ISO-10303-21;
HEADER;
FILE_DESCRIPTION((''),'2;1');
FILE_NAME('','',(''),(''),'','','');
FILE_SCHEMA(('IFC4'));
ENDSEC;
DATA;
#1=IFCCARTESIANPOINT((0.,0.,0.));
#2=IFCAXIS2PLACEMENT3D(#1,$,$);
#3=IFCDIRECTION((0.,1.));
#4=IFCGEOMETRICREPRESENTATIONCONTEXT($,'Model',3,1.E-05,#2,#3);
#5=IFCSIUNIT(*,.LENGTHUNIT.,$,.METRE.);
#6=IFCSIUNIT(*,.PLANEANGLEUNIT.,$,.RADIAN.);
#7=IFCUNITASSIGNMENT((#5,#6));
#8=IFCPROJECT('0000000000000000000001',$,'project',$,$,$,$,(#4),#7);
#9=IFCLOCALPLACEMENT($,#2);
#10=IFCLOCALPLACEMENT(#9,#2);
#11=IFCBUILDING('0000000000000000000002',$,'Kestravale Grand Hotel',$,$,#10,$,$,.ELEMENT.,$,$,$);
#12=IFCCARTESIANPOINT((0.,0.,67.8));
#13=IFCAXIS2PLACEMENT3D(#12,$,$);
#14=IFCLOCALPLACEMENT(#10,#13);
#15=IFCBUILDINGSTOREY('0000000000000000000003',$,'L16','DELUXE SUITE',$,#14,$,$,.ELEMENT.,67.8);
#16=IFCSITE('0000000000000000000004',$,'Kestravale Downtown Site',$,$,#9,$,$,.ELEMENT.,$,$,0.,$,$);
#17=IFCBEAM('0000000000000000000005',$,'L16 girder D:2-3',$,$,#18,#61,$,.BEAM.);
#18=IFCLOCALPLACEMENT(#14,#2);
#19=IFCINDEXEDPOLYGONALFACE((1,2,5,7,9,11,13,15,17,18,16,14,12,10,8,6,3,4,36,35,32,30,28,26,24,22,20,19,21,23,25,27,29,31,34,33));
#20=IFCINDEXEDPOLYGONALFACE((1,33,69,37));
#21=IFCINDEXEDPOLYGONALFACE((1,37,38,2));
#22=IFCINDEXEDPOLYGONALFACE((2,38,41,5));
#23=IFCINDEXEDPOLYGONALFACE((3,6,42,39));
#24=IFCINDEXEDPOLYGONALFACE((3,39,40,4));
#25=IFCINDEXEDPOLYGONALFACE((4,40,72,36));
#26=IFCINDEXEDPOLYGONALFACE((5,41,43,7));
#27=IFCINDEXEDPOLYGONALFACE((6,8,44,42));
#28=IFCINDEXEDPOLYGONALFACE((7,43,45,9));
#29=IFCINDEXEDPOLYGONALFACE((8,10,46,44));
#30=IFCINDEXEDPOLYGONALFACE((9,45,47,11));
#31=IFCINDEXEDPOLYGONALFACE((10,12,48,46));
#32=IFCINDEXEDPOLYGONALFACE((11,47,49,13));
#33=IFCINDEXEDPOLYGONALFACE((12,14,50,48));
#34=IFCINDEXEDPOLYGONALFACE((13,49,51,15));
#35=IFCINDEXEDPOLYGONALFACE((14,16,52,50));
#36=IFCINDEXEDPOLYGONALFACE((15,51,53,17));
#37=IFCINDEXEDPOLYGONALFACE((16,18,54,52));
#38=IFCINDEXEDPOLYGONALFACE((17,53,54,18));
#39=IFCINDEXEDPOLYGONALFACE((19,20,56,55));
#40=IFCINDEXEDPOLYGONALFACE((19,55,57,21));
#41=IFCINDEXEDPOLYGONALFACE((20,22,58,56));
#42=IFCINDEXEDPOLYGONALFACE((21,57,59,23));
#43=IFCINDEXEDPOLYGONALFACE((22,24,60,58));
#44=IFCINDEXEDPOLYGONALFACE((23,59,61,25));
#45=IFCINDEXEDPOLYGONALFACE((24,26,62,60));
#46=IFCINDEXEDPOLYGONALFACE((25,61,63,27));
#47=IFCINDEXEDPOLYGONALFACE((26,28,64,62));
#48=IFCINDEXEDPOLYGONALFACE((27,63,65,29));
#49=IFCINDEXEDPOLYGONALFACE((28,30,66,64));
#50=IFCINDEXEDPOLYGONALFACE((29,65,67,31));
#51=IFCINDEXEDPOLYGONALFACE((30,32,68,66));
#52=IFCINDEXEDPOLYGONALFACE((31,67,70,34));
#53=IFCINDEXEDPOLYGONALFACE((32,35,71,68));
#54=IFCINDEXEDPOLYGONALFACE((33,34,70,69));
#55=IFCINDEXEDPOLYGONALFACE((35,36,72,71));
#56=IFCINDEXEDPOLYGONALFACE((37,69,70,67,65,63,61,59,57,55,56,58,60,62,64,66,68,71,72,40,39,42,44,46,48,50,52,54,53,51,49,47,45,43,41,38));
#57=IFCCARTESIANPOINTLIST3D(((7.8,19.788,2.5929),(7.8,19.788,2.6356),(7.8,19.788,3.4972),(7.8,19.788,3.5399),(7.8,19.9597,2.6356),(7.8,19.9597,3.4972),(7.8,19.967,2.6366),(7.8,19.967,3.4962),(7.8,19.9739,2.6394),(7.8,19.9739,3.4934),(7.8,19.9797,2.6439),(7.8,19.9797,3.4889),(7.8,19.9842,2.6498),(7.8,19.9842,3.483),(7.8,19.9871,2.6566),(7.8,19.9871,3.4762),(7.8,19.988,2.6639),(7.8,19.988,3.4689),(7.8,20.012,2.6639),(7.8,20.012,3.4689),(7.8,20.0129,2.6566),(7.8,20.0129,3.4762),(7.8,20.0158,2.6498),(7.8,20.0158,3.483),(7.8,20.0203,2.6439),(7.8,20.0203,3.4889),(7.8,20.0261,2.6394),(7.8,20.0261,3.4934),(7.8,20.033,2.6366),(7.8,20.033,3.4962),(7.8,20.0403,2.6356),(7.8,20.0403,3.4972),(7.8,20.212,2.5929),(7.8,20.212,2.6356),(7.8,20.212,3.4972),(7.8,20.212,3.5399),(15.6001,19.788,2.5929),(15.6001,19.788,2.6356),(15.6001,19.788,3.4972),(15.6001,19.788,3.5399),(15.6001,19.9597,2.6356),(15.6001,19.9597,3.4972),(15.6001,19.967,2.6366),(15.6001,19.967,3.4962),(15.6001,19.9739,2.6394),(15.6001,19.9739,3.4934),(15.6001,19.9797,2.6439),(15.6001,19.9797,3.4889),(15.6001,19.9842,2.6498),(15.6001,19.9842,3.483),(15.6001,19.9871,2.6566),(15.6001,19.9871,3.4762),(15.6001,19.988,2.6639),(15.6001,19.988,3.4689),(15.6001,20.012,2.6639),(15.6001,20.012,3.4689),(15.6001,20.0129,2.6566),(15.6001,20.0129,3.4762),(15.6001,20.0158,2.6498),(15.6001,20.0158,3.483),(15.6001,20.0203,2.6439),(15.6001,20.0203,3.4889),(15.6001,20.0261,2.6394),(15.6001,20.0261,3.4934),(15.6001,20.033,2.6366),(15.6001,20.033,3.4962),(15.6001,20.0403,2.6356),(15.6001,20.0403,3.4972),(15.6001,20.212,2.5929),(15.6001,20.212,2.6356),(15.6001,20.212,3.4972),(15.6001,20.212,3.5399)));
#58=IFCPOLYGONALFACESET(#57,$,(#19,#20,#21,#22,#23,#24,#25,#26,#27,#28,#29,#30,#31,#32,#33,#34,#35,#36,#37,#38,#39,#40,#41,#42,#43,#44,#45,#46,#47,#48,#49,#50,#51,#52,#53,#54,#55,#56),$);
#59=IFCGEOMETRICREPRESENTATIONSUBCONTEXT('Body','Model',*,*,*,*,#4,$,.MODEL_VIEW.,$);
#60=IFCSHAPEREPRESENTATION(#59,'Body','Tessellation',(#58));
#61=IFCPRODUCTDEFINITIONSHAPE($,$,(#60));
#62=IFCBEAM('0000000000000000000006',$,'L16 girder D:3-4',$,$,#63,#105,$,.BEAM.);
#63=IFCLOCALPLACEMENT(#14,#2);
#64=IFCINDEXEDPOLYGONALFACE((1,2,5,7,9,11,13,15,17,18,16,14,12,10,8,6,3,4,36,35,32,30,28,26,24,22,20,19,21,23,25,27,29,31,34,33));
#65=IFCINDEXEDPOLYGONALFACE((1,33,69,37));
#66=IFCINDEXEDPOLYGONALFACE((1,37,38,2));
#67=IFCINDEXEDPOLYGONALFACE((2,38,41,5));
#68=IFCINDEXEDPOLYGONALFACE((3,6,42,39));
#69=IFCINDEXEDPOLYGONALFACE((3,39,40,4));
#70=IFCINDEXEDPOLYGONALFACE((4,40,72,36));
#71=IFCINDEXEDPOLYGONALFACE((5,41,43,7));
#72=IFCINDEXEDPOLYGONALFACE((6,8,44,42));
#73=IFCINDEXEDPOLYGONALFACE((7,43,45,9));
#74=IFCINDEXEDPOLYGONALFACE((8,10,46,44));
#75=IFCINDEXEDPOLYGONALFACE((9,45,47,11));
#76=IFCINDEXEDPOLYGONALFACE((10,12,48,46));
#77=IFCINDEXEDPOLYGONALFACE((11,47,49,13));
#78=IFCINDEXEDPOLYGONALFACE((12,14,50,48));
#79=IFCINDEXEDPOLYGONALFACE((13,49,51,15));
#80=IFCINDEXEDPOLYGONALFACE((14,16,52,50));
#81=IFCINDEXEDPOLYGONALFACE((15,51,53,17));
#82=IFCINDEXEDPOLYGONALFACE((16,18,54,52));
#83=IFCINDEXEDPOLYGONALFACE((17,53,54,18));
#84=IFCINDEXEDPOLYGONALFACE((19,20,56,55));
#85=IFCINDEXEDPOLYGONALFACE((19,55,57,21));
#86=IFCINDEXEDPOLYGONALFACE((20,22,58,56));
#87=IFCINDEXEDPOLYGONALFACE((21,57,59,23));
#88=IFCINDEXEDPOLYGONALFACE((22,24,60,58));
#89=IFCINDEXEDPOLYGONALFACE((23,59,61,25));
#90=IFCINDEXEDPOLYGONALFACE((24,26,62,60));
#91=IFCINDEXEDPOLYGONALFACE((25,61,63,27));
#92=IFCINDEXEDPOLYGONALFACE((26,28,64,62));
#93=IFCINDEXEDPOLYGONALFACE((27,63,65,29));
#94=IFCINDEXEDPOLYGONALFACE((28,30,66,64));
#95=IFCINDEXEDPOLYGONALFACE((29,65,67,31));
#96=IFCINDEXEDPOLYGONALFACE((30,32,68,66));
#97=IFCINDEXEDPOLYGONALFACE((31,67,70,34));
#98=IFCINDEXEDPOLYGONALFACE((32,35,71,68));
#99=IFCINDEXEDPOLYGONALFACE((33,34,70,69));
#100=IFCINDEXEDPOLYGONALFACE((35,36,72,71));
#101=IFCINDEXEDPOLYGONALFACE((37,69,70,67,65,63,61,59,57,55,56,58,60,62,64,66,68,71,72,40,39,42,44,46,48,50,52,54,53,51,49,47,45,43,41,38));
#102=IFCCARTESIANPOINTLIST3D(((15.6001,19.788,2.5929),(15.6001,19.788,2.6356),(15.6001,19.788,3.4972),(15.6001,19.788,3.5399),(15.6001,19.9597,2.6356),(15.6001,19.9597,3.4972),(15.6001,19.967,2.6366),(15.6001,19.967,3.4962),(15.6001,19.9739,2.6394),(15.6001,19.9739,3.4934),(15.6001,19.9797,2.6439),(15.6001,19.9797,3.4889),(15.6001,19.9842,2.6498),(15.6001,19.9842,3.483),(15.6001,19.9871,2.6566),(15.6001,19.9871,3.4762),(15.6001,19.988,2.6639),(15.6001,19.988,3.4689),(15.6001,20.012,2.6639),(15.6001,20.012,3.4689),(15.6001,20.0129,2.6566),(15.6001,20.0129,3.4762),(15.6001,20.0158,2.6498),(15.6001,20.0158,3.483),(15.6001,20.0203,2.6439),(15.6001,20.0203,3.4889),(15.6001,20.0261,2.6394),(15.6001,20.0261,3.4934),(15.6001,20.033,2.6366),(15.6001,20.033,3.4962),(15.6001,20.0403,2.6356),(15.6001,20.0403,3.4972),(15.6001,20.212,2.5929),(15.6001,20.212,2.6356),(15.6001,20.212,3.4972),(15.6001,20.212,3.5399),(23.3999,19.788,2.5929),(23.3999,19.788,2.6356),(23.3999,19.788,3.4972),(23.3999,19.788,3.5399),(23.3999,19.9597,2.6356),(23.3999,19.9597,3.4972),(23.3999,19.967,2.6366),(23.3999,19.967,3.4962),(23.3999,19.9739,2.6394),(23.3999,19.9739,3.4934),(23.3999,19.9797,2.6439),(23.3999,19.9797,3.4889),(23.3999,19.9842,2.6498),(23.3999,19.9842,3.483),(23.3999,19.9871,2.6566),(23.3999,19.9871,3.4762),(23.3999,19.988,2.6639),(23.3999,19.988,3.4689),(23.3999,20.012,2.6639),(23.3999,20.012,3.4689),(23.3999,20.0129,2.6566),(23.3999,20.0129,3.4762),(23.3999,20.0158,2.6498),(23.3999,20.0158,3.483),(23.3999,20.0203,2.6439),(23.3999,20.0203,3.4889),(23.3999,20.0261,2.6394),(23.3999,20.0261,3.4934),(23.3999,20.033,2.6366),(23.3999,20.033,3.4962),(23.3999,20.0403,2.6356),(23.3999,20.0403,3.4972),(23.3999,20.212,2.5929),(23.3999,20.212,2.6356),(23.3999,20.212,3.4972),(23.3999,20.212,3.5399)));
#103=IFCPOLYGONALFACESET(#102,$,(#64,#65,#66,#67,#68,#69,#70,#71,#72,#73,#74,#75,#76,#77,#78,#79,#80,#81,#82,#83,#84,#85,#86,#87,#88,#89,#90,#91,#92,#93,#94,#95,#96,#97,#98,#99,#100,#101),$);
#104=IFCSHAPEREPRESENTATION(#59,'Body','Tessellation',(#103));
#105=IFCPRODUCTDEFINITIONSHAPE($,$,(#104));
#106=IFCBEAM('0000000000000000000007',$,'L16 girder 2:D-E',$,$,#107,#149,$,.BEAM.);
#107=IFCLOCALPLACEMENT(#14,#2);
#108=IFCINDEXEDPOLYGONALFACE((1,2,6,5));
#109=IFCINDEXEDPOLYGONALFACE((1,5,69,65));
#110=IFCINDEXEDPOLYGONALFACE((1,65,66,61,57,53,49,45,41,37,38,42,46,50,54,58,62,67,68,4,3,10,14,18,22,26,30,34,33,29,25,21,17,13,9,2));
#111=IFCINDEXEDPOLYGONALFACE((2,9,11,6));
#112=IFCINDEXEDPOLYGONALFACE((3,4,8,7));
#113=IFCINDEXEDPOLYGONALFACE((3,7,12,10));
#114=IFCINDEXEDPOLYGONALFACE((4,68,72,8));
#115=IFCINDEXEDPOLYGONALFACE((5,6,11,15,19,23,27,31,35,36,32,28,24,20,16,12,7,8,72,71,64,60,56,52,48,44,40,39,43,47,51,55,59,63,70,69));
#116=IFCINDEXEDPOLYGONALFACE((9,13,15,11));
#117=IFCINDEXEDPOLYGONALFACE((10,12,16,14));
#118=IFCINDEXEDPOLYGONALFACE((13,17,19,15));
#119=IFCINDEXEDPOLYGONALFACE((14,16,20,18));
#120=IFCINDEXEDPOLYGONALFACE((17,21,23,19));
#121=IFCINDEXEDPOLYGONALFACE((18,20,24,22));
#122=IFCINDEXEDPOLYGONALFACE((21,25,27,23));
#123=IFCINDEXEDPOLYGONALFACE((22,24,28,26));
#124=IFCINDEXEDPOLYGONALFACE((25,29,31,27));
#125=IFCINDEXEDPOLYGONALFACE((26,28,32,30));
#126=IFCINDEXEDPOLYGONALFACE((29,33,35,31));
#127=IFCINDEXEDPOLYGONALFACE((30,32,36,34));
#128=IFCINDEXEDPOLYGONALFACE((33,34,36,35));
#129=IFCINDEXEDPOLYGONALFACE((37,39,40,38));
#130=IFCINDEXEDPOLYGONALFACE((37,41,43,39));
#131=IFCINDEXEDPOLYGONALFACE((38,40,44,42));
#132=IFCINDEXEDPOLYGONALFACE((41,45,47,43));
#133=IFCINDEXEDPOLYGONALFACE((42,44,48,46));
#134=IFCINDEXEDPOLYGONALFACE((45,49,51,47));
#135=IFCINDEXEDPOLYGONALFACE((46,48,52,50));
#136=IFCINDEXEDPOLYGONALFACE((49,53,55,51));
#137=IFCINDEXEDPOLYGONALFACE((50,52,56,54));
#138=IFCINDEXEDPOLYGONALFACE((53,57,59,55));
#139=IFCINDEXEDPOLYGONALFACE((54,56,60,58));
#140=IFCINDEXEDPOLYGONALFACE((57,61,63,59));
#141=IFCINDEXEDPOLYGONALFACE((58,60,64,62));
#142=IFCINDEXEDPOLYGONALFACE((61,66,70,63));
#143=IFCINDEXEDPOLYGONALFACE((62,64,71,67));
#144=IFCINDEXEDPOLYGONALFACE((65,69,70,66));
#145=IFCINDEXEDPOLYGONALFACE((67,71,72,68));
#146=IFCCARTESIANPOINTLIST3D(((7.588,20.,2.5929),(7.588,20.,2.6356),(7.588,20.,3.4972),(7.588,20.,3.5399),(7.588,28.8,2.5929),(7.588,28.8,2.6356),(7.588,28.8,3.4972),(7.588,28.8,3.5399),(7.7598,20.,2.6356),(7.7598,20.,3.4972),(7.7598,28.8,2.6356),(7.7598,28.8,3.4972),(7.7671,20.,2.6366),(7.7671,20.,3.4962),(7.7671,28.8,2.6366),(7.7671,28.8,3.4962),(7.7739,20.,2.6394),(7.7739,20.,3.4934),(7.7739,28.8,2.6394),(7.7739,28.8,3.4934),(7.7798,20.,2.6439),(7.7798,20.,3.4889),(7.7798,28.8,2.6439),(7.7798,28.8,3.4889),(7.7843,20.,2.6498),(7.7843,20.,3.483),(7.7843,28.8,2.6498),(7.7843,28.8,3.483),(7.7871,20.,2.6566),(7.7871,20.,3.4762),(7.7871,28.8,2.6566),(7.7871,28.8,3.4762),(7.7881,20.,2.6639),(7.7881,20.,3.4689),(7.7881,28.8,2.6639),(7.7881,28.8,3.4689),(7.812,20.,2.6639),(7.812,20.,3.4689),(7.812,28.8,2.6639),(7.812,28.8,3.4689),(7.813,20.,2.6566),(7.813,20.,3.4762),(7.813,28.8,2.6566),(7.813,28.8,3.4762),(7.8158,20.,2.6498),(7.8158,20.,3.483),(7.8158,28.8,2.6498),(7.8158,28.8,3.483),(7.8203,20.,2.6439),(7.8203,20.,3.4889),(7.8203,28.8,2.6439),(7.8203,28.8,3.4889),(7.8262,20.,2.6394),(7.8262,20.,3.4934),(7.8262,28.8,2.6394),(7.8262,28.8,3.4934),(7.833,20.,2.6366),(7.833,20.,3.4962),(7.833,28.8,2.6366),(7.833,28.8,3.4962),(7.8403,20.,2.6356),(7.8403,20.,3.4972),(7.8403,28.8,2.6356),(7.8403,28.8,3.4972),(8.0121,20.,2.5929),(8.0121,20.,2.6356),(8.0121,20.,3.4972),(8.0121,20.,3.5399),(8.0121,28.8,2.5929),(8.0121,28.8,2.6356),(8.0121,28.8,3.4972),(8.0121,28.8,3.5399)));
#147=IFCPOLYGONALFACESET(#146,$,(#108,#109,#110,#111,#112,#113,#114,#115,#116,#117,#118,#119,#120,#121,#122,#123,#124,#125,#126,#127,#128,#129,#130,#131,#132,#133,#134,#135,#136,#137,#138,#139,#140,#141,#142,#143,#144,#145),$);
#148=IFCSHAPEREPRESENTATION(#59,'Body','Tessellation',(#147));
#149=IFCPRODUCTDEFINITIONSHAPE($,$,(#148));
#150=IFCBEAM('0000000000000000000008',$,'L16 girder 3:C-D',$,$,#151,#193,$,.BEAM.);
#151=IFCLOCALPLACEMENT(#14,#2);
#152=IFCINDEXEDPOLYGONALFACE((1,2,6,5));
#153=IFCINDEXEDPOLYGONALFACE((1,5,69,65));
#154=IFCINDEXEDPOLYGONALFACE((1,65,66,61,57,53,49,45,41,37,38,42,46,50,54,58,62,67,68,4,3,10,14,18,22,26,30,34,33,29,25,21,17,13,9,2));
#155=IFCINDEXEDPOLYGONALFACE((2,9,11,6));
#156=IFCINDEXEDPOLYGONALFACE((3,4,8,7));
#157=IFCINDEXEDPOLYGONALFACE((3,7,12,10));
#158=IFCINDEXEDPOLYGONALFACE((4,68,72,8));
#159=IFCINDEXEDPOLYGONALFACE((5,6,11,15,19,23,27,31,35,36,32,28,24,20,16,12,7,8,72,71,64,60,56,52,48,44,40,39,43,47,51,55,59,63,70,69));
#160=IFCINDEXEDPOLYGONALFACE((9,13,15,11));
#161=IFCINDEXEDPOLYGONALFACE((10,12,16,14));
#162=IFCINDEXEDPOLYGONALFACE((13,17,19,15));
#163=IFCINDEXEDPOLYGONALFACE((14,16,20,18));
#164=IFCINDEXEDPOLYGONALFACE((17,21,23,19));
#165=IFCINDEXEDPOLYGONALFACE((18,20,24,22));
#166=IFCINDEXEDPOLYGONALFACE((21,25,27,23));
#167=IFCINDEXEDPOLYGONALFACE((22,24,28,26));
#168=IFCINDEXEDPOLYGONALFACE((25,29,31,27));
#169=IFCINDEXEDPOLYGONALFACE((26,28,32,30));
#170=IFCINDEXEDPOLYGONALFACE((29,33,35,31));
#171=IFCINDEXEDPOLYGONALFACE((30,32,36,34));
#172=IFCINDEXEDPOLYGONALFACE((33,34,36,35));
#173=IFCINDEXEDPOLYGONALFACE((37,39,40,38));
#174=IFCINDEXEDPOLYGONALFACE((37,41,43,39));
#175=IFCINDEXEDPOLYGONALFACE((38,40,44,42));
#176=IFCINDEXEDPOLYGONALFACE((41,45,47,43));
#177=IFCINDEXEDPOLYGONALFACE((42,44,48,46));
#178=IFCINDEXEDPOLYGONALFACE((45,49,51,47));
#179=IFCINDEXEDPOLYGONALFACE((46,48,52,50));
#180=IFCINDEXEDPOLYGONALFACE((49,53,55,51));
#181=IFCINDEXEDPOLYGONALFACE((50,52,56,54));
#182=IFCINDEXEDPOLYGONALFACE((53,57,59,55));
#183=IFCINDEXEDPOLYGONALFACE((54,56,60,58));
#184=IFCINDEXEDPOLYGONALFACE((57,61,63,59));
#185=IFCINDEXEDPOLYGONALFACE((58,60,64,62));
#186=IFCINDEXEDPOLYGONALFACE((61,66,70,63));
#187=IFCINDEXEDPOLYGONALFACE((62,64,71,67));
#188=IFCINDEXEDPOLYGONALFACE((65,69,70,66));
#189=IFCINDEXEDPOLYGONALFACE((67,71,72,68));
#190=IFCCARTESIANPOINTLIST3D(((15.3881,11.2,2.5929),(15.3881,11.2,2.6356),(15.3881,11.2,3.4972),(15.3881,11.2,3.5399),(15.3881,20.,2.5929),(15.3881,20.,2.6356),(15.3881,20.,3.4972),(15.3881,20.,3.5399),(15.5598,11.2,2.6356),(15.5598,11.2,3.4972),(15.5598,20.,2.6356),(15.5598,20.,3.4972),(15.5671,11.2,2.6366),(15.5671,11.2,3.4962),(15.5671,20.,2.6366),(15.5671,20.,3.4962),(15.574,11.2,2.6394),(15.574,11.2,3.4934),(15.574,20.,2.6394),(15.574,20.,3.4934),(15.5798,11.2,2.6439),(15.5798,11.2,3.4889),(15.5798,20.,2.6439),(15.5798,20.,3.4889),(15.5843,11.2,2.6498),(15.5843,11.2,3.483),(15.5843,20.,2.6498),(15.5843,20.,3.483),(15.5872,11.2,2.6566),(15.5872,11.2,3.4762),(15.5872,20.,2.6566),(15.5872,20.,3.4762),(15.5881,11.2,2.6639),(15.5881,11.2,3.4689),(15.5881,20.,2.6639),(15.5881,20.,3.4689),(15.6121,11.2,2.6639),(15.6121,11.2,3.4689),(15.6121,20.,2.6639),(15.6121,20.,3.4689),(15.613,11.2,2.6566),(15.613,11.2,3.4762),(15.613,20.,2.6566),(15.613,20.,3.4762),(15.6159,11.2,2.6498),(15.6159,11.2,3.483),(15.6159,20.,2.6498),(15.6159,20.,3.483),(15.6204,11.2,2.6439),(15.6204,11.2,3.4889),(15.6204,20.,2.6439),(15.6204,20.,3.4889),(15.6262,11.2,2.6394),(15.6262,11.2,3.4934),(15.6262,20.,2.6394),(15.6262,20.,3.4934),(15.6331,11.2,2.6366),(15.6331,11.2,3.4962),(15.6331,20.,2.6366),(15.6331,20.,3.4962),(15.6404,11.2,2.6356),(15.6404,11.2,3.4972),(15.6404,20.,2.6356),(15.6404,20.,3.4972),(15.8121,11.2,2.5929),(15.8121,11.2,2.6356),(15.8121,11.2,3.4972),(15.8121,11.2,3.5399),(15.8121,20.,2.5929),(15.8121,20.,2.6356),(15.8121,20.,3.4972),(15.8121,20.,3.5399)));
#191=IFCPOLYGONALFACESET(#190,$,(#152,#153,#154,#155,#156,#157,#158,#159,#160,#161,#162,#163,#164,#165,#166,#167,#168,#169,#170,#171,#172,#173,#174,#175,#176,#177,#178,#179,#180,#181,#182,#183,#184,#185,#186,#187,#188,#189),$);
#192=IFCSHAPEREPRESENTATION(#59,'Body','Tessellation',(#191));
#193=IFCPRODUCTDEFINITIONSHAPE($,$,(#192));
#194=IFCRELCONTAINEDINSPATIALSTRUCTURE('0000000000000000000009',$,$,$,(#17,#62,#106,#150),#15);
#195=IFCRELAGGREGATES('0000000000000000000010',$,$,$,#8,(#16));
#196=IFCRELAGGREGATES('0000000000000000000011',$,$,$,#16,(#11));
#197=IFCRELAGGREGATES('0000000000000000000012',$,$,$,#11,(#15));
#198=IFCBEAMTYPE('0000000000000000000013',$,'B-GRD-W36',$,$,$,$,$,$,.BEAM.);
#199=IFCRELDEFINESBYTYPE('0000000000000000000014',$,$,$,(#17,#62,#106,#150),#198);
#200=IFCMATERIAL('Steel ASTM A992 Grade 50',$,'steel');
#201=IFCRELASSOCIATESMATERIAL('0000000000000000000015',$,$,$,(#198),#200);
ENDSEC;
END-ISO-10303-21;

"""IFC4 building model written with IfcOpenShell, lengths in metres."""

from ifc_helpers import new_model, si_unit, direction, frame, origin, origin_2d, place, context, subcontext, project, spatial, i_section, extrude, material, material_profile, profile_set, type_object, element, save


model = new_model("IFC4")

# Units and contexts
model_context = context("Model", 3, precision=1e-05, world=origin(), true_north=direction((0.0, 1.0)))
body_context = subcontext(model_context, "Body", "Model", "MODEL_VIEW")
ifc_project = project(units=[si_unit("LENGTHUNIT", "METRE"), si_unit("PLANEANGLEUNIT", "RADIAN")], contexts=[model_context])

# Site, building, storey
site_placement = place(None, origin())
site = spatial("IfcSite", under=ifc_project, at=site_placement, Name="Kestravale Downtown Site", CompositionType="ELEMENT", RefElevation=0.0)
building_placement = place(site_placement, origin())
building = spatial("IfcBuilding", under=site, at=building_placement, Name="Kestravale Grand Hotel", CompositionType="ELEMENT")
storey_placement = place(building_placement, frame((0.0, 0.0, 67.8)))
storey = spatial("IfcBuildingStorey", under=building, at=storey_placement, Name="L16", Description="DELUXE SUITE", CompositionType="ELEMENT", Elevation=67.8)

# Beams
ifc_material_1 = material(Name="Steel ASTM A992 Grade 50", Category="steel")
ifc_material_profile_1 = material_profile(ifc_material_1, i_section(OverallWidth=0.4241, OverallDepth=0.947, WebThickness=0.0239, FlangeThickness=0.0427, FilletRadius=0.0283, at=origin_2d()))
ifc_profile_set_1 = profile_set([ifc_material_profile_1], Name="Steel ASTM A992 Grade 50")
beam_type_1 = type_object("IfcBeamType", Name="B-GRD-W36", PredefinedType="BEAM", material=ifc_profile_set_1)
beam_1_placement = place(storey_placement, frame((7.8, 20.0, 3.0664), z_axis=(1.0, 0.0, 0.0), x_axis=(0.0, 1.0, 0.0)))
element("IfcBeam", 1, at=beam_1_placement, inside=storey, type_object=beam_type_1, Name="L16 girder D:2-3", PredefinedType="BEAM", context=body_context, shape_type="SweptSolid", body=[
    extrude(i_section(OverallWidth=0.4241, OverallDepth=0.947, WebThickness=0.0239, FlangeThickness=0.0427, FilletRadius=0.0283, at=origin_2d()), origin(), (0.0, 0.0, 1.0), 7.8),
])
beam_2_placement = place(storey_placement, frame((15.6001, 20.0, 3.0664), z_axis=(1.0, 0.0, 0.0), x_axis=(0.0, 1.0, 0.0)))
element("IfcBeam", 2, at=beam_2_placement, inside=storey, type_object=beam_type_1, Name="L16 girder D:3-4", PredefinedType="BEAM", context=body_context, shape_type="SweptSolid", body=[
    extrude(i_section(OverallWidth=0.4241, OverallDepth=0.947, WebThickness=0.0239, FlangeThickness=0.0427, FilletRadius=0.0283, at=origin_2d()), origin(), (0.0, 0.0, 1.0), 7.7998),
])
for number, where, z_axis, x_axis, name in (
    (3, (7.8, 20.0, 3.0664), (0.0, 1.0, 0.0), (-1.0, 0.0, 0.0), "L16 girder 2:D-E"),
    (4, (15.6001, 11.2, 3.0664), (0.0, 1.0, 0.0), (-1.0, 0.0, 0.0), "L16 girder 3:C-D"),
):
    element("IfcBeam", number, at=place(storey_placement, frame(where, z_axis=z_axis, x_axis=x_axis)), inside=storey, type_object=beam_type_1, Name=name, PredefinedType="BEAM", context=body_context, shape_type="SweptSolid", body=[
        extrude(i_section(OverallWidth=0.4241, OverallDepth=0.947, WebThickness=0.0239, FlangeThickness=0.0427, FilletRadius=0.0283, at=origin_2d()), origin(), (0.0, 0.0, 1.0), 8.8),
    ])

save(model, "model.ifc")
